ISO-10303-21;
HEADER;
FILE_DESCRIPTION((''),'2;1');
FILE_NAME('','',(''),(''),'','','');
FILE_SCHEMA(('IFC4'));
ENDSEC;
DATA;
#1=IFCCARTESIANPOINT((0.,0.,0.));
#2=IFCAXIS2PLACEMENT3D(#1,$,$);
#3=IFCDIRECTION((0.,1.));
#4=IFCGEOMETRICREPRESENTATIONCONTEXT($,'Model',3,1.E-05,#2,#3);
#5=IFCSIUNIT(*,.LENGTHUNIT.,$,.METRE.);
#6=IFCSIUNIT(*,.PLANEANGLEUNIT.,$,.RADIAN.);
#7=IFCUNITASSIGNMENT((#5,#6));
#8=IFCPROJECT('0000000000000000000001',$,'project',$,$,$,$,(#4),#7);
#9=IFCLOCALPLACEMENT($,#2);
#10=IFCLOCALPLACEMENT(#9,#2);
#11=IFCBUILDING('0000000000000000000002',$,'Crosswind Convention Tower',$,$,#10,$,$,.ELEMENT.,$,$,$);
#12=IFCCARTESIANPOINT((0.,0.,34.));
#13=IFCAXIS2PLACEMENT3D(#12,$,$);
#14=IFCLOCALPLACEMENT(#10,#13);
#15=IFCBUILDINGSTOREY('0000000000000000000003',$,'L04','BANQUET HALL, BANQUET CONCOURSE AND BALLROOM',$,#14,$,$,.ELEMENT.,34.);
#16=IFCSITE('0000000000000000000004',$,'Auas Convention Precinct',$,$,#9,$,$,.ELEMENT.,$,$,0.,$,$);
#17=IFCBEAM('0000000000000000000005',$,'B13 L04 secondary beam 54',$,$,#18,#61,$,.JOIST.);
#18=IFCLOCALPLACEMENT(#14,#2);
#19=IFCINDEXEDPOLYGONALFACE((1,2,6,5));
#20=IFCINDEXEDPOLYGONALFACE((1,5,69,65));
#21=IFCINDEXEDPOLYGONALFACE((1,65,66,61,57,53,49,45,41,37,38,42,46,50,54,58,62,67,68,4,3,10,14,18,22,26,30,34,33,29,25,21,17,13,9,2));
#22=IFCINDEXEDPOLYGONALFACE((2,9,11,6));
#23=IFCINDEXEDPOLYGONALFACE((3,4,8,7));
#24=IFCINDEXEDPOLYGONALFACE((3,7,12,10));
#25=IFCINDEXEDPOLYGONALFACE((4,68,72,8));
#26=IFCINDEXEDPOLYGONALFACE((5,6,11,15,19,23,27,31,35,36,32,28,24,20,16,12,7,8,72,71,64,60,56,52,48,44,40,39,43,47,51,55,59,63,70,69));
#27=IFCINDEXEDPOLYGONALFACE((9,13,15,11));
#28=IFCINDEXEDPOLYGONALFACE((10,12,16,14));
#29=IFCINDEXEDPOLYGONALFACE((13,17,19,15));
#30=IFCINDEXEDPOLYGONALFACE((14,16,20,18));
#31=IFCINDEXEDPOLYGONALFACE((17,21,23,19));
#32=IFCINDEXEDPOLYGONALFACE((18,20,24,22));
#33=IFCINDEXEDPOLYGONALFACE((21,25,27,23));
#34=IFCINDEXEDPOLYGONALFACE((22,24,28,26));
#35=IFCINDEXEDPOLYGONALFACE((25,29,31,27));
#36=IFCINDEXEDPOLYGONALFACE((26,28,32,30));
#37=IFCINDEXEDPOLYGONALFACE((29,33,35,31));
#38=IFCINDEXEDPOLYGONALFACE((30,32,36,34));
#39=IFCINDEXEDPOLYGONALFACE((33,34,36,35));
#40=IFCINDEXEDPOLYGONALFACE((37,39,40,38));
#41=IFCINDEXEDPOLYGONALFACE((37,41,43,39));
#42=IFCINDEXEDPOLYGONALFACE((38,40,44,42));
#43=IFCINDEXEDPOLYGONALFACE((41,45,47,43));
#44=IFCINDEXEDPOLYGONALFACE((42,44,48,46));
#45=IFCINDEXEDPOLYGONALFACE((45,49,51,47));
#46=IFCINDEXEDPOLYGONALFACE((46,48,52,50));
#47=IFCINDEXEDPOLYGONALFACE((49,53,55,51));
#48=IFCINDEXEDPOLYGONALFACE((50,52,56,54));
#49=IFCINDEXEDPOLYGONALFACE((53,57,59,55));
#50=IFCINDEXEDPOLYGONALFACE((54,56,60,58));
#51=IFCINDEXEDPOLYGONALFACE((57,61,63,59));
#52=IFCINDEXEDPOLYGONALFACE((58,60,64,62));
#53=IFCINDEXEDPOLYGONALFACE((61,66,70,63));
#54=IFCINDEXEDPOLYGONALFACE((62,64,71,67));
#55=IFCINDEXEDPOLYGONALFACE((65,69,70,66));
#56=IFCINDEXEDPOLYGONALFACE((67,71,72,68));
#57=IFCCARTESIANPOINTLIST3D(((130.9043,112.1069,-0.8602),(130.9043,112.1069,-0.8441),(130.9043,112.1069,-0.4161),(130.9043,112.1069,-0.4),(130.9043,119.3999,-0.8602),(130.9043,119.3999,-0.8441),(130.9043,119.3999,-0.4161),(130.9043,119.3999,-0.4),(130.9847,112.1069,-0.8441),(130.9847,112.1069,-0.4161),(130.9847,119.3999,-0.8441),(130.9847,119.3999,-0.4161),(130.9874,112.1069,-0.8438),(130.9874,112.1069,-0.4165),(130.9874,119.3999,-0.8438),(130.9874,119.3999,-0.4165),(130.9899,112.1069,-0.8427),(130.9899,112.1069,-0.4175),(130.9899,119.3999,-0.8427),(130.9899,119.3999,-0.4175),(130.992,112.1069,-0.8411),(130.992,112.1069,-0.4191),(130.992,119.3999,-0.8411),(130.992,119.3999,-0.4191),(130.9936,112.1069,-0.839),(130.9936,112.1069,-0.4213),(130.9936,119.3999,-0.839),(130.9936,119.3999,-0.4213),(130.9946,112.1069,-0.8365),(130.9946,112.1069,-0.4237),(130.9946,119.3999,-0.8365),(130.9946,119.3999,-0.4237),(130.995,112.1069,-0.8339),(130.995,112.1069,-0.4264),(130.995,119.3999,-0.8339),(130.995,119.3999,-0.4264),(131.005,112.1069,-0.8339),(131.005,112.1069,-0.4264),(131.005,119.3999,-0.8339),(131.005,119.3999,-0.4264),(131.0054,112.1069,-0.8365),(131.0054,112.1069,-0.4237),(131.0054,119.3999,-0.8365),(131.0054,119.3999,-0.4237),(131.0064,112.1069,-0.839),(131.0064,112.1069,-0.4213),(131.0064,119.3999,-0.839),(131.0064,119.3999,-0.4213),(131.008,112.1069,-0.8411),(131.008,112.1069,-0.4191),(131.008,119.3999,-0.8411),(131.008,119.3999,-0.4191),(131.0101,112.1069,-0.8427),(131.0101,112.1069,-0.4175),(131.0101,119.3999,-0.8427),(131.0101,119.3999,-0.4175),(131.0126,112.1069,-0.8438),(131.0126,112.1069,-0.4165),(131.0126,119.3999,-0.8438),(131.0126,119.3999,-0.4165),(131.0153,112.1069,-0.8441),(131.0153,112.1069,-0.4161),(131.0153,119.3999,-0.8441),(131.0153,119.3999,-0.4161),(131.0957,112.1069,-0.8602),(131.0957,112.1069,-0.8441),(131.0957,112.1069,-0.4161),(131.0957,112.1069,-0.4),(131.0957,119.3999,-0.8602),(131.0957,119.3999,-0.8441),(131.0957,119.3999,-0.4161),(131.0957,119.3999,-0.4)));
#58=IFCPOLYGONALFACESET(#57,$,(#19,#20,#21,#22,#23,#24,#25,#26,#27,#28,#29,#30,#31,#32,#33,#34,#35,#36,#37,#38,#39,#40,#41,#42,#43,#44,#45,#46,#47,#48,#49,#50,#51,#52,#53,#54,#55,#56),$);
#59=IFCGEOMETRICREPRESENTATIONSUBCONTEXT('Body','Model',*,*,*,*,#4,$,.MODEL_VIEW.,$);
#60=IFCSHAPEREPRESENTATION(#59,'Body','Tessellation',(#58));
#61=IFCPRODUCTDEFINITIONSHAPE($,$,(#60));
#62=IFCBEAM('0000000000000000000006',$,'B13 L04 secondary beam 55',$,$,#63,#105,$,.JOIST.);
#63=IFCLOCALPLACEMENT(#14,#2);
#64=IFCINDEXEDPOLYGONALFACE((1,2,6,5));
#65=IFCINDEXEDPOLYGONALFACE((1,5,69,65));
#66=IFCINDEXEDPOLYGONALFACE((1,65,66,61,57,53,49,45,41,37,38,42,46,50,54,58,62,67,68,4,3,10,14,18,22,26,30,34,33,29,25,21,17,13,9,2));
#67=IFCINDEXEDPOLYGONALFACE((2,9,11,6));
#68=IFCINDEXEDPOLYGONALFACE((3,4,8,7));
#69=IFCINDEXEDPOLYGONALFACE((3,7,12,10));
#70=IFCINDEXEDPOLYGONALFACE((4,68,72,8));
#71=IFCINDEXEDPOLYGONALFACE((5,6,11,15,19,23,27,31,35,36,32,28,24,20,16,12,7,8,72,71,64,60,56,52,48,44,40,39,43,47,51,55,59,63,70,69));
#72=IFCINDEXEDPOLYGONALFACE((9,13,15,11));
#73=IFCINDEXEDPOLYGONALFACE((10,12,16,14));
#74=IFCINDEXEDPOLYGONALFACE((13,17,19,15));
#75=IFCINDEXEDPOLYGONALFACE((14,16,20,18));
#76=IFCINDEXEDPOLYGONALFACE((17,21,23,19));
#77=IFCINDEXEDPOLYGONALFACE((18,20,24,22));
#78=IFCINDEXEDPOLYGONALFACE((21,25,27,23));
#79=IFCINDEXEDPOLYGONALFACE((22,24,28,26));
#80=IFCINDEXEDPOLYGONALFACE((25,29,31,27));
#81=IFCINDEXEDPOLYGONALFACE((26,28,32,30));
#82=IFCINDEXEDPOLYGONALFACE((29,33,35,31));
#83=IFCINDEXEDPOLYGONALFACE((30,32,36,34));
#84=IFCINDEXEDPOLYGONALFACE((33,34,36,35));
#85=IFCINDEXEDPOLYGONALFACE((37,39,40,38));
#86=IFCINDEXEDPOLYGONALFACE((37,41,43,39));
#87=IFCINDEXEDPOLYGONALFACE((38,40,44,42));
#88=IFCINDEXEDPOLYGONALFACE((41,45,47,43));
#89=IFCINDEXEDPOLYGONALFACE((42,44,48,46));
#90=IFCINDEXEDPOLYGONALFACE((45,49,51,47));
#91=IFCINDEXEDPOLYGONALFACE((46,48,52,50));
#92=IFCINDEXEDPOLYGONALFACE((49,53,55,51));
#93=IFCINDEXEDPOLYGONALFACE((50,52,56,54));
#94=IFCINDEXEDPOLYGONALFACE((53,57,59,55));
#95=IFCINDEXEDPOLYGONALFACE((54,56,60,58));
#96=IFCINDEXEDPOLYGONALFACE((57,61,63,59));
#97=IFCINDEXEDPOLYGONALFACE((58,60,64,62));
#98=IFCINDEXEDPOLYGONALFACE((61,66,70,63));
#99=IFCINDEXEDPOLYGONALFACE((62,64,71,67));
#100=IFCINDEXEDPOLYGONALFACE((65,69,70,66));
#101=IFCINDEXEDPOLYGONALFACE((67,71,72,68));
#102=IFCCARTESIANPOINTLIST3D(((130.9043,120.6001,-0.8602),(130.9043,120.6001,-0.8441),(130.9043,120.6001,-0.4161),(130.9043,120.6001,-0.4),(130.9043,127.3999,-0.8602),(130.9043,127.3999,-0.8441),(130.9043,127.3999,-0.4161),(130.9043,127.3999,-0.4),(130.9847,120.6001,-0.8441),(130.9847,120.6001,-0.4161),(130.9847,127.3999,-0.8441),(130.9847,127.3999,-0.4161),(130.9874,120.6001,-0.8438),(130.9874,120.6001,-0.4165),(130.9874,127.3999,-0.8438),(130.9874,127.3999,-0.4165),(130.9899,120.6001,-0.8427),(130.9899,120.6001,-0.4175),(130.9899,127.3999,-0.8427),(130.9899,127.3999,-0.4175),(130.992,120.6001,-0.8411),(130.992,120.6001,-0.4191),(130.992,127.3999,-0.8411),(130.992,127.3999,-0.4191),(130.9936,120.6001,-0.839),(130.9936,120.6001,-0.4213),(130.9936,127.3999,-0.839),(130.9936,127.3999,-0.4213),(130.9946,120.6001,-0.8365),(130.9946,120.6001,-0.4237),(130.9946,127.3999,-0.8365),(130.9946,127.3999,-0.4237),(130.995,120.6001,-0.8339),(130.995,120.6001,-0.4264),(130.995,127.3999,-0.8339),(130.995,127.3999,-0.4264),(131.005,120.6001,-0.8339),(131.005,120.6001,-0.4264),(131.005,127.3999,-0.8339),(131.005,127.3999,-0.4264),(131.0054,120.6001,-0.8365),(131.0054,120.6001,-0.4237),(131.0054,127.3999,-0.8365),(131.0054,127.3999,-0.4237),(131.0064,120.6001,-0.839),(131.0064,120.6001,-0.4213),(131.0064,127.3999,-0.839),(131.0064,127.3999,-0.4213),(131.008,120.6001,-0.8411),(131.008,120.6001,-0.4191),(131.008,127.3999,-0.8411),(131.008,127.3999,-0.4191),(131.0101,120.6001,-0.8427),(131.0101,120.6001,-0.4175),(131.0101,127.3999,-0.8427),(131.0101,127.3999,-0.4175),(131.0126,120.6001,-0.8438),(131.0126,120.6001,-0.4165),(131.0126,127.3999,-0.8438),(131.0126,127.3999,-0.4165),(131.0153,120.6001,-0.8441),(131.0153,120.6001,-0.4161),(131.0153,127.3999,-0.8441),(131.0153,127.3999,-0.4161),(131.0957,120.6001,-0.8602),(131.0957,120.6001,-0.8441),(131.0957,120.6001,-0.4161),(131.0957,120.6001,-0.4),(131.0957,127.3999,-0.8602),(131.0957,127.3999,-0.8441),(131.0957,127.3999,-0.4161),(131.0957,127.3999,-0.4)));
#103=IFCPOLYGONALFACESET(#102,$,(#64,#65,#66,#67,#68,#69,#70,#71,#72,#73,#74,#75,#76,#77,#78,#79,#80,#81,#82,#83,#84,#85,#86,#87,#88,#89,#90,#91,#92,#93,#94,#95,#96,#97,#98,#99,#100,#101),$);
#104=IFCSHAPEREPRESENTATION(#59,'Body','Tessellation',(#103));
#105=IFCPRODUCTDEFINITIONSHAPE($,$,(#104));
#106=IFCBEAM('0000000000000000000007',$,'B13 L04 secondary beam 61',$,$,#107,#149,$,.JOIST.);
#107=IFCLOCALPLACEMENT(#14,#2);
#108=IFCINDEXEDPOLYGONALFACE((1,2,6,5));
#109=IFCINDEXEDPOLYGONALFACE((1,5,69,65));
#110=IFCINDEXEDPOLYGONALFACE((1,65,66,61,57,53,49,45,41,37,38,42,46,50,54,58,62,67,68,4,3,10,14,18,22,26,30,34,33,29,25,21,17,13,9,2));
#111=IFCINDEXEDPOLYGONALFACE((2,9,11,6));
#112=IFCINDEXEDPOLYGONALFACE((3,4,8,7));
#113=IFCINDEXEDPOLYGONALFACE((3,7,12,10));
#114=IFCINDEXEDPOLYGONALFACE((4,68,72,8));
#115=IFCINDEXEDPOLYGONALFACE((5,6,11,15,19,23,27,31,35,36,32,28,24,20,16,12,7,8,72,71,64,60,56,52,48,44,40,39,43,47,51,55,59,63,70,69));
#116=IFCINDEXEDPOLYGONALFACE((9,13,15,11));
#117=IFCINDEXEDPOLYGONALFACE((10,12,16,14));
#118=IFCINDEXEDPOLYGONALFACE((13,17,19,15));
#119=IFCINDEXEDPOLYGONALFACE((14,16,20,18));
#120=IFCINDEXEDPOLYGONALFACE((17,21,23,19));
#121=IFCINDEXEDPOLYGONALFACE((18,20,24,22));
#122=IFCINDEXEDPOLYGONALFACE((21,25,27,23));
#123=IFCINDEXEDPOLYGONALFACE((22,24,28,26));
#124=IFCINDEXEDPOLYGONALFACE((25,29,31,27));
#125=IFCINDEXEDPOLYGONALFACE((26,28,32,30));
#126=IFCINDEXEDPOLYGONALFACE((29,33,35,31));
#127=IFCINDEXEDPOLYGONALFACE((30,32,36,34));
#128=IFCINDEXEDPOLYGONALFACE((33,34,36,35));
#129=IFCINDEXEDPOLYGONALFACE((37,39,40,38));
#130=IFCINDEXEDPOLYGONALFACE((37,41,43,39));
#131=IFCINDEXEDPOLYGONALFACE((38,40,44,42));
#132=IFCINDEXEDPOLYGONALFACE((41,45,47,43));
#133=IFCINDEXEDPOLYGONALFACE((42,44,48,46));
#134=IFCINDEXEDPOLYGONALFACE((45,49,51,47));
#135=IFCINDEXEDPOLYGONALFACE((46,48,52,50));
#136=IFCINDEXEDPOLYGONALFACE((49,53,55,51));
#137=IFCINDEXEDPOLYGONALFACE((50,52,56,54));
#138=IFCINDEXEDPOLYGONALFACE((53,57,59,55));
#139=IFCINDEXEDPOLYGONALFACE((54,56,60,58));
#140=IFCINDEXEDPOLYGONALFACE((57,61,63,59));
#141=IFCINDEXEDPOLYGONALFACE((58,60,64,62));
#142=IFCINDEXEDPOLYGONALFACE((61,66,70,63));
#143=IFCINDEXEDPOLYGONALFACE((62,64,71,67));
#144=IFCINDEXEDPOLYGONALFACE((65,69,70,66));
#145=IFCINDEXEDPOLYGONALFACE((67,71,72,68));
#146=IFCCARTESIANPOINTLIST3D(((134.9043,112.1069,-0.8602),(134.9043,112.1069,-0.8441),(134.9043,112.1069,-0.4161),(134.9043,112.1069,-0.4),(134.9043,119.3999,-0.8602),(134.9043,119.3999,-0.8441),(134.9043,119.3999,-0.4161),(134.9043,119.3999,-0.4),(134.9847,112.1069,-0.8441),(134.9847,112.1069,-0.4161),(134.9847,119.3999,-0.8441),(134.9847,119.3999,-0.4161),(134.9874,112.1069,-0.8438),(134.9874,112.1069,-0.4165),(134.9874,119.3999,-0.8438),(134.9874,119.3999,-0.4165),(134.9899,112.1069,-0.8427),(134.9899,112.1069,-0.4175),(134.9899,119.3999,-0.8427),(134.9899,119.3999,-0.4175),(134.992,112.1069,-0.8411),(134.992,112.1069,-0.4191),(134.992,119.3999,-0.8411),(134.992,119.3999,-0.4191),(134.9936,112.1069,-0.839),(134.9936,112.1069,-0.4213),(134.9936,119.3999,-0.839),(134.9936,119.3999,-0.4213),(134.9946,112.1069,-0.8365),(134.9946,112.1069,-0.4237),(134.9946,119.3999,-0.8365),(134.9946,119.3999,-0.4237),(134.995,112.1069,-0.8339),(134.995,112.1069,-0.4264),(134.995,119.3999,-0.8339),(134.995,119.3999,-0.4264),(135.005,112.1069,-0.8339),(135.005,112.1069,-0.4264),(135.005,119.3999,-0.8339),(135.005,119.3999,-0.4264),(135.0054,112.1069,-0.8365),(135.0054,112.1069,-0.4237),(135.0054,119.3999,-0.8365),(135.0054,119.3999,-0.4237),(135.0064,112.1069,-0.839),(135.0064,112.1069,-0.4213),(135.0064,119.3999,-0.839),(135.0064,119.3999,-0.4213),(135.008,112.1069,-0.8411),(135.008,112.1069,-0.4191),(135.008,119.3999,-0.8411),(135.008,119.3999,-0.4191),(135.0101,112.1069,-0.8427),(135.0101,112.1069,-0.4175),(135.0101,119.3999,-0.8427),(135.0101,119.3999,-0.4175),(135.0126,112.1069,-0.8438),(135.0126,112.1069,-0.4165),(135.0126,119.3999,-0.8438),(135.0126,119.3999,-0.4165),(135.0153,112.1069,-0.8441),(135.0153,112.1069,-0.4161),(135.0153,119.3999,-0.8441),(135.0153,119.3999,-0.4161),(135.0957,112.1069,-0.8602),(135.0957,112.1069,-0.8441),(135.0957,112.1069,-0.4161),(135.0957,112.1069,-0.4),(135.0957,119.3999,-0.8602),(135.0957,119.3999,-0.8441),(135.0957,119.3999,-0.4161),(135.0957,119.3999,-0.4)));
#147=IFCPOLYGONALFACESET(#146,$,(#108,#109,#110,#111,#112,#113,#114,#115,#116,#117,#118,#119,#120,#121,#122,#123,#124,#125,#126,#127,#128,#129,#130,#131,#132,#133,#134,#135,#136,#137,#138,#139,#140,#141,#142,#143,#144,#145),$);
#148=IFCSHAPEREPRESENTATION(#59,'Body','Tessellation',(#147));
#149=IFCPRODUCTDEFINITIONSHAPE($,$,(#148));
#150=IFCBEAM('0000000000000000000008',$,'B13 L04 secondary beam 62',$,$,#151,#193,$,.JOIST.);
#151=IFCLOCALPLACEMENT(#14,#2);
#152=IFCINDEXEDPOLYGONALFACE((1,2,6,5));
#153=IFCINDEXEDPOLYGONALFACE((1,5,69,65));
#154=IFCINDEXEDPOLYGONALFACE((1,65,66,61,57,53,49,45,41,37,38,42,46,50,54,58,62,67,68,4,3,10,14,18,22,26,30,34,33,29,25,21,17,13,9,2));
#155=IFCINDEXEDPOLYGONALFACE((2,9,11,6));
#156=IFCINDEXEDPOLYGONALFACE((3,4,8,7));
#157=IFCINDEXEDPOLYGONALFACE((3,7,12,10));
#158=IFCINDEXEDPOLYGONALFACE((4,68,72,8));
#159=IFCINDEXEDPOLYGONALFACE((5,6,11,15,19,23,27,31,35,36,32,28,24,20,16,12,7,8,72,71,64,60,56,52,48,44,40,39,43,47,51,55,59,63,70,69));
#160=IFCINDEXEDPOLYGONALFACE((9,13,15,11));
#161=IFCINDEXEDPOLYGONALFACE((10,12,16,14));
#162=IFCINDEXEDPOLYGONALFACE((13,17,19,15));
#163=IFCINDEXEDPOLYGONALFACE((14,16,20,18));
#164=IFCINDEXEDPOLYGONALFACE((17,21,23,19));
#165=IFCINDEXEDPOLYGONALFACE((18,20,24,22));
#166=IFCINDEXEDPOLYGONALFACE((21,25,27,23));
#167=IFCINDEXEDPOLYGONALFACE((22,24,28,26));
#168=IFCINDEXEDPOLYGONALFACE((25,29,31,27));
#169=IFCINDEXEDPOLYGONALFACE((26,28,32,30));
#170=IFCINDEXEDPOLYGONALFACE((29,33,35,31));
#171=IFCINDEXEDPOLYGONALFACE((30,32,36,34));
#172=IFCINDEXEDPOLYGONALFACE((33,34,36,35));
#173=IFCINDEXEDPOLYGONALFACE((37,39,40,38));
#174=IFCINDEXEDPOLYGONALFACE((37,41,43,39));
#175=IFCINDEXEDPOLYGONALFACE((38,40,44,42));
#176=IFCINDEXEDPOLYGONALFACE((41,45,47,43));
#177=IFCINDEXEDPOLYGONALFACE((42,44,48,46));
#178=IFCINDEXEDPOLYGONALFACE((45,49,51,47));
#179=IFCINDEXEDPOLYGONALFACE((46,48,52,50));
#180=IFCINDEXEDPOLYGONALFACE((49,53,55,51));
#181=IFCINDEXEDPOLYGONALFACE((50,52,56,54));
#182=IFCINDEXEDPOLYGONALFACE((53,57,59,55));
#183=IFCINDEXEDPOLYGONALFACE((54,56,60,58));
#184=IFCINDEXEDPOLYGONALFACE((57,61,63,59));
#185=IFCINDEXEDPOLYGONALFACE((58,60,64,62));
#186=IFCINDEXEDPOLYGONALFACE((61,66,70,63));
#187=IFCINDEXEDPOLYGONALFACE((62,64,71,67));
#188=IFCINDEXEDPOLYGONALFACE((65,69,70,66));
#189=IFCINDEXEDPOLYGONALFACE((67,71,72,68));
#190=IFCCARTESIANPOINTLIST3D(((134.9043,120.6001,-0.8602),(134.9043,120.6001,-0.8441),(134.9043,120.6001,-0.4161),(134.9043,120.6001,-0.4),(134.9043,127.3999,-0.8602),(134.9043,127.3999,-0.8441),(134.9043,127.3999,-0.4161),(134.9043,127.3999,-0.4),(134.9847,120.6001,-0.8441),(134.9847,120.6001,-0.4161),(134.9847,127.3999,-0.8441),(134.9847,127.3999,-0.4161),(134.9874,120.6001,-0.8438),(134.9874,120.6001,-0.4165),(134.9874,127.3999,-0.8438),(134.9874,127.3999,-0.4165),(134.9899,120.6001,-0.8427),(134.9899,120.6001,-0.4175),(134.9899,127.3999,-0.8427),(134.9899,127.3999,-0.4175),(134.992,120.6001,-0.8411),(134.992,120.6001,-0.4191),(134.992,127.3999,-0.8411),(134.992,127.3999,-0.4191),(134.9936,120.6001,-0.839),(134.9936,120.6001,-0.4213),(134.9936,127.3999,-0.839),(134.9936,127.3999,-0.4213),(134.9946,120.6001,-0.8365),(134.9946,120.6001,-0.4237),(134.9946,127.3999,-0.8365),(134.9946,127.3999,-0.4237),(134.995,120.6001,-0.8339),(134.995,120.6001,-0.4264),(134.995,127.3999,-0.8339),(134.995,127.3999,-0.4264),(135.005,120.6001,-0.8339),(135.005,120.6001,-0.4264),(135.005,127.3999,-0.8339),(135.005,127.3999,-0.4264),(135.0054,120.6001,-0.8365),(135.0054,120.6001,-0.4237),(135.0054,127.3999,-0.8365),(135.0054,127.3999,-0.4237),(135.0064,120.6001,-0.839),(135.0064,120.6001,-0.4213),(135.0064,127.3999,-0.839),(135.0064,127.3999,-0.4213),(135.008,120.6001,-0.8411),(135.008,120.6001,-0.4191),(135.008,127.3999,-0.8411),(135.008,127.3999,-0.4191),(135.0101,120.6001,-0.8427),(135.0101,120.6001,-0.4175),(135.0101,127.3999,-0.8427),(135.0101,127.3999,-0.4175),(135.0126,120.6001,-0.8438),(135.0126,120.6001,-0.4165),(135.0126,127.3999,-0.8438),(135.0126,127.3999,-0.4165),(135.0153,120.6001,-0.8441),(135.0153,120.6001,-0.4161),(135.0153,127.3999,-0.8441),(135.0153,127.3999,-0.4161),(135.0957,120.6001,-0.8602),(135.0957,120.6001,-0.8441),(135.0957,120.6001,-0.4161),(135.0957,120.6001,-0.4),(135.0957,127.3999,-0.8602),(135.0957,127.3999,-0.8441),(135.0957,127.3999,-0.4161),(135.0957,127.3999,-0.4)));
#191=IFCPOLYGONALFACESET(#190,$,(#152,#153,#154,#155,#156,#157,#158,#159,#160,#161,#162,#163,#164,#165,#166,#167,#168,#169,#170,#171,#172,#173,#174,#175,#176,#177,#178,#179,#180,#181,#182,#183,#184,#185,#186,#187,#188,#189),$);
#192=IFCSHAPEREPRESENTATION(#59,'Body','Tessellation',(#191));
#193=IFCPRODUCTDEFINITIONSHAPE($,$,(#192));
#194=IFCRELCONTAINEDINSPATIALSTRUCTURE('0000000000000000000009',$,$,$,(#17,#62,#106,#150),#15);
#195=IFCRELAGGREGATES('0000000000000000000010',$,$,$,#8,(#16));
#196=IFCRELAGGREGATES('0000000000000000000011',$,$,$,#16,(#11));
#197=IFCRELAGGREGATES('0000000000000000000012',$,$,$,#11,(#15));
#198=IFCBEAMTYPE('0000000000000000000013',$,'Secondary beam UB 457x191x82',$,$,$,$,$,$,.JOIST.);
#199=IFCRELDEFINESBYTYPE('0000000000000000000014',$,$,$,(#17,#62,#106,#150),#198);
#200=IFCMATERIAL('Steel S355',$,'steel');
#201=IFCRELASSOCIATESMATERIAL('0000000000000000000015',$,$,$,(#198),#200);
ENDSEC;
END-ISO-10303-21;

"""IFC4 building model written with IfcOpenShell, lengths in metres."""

from ifc_helpers import new_model, si_unit, direction, frame, origin, origin_2d, place, context, subcontext, project, spatial, i_section, extrude, material, material_profile, profile_set, type_object, element, save


model = new_model("IFC4")

# Units and contexts
model_context = context("Model", 3, precision=1e-05, world=origin(), true_north=direction((0.0, 1.0)))
body_context = subcontext(model_context, "Body", "Model", "MODEL_VIEW")
ifc_project = project(units=[si_unit("LENGTHUNIT", "METRE"), si_unit("PLANEANGLEUNIT", "RADIAN")], contexts=[model_context])

# Site, building, storey
site_placement = place(None, origin())
site = spatial("IfcSite", under=ifc_project, at=site_placement, Name="Auas Convention Precinct", CompositionType="ELEMENT", RefElevation=0.0)
building_placement = place(site_placement, origin())
building = spatial("IfcBuilding", under=site, at=building_placement, Name="Crosswind Convention Tower", CompositionType="ELEMENT")
storey_placement = place(building_placement, frame((0.0, 0.0, 34.0)))
storey = spatial("IfcBuildingStorey", under=building, at=storey_placement, Name="L04", Description="BANQUET HALL, BANQUET CONCOURSE AND BALLROOM", CompositionType="ELEMENT", Elevation=34.0)

# Shared definitions
ifc_material_1 = material(Name="Steel S355", Category="steel")

# Beams
ifc_material_profile_1 = material_profile(ifc_material_1, i_section(OverallWidth=0.1914, OverallDepth=0.4602, WebThickness=0.01, FlangeThickness=0.0161, FilletRadius=0.0103, at=origin_2d()), Name="UB 457x191x82")
ifc_profile_set_1 = profile_set([ifc_material_profile_1], Name="Steel S355")
beam_type_1 = type_object("IfcBeamType", Name="Secondary beam UB 457x191x82", PredefinedType="JOIST", material=ifc_profile_set_1)
beam_1_placement = place(storey_placement, frame((131.0, 112.1069, -0.6301), z_axis=(0.0, 1.0, 0.0), x_axis=(-1.0, 0.0, 0.0)))
element("IfcBeam", 1, at=beam_1_placement, inside=storey, type_object=beam_type_1, Name="B13 L04 secondary beam 54", PredefinedType="JOIST", context=body_context, shape_type="SweptSolid", body=[
    extrude(i_section(OverallWidth=0.1914, OverallDepth=0.4602, WebThickness=0.01, FlangeThickness=0.0161, FilletRadius=0.0103, at=origin_2d()), origin(), (0.0, 0.0, 1.0), 7.293),
])
beam_2_placement = place(storey_placement, frame((131.0, 120.6001, -0.6301), z_axis=(0.0, 1.0, 0.0), x_axis=(-1.0, 0.0, 0.0)))
element("IfcBeam", 2, at=beam_2_placement, inside=storey, type_object=beam_type_1, Name="B13 L04 secondary beam 55", PredefinedType="JOIST", context=body_context, shape_type="SweptSolid", body=[
    extrude(i_section(OverallWidth=0.1914, OverallDepth=0.4602, WebThickness=0.01, FlangeThickness=0.0161, FilletRadius=0.0103, at=origin_2d()), origin(), (0.0, 0.0, 1.0), 6.7998),
])
beam_3_placement = place(storey_placement, frame((135.0, 112.1069, -0.6301), z_axis=(0.0, 1.0, 0.0), x_axis=(-1.0, 0.0, 0.0)))
element("IfcBeam", 3, at=beam_3_placement, inside=storey, type_object=beam_type_1, Name="B13 L04 secondary beam 61", PredefinedType="JOIST", context=body_context, shape_type="SweptSolid", body=[
    extrude(i_section(OverallWidth=0.1914, OverallDepth=0.4602, WebThickness=0.01, FlangeThickness=0.0161, FilletRadius=0.0103, at=origin_2d()), origin(), (0.0, 0.0, 1.0), 7.293),
])
beam_4_placement = place(storey_placement, frame((135.0, 120.6001, -0.6301), z_axis=(0.0, 1.0, 0.0), x_axis=(-1.0, 0.0, 0.0)))
element("IfcBeam", 4, at=beam_4_placement, inside=storey, type_object=beam_type_1, Name="B13 L04 secondary beam 62", PredefinedType="JOIST", context=body_context, shape_type="SweptSolid", body=[
    extrude(i_section(OverallWidth=0.1914, OverallDepth=0.4602, WebThickness=0.01, FlangeThickness=0.0161, FilletRadius=0.0103, at=origin_2d()), origin(), (0.0, 0.0, 1.0), 6.7998),
])

save(model, "model.ifc")
